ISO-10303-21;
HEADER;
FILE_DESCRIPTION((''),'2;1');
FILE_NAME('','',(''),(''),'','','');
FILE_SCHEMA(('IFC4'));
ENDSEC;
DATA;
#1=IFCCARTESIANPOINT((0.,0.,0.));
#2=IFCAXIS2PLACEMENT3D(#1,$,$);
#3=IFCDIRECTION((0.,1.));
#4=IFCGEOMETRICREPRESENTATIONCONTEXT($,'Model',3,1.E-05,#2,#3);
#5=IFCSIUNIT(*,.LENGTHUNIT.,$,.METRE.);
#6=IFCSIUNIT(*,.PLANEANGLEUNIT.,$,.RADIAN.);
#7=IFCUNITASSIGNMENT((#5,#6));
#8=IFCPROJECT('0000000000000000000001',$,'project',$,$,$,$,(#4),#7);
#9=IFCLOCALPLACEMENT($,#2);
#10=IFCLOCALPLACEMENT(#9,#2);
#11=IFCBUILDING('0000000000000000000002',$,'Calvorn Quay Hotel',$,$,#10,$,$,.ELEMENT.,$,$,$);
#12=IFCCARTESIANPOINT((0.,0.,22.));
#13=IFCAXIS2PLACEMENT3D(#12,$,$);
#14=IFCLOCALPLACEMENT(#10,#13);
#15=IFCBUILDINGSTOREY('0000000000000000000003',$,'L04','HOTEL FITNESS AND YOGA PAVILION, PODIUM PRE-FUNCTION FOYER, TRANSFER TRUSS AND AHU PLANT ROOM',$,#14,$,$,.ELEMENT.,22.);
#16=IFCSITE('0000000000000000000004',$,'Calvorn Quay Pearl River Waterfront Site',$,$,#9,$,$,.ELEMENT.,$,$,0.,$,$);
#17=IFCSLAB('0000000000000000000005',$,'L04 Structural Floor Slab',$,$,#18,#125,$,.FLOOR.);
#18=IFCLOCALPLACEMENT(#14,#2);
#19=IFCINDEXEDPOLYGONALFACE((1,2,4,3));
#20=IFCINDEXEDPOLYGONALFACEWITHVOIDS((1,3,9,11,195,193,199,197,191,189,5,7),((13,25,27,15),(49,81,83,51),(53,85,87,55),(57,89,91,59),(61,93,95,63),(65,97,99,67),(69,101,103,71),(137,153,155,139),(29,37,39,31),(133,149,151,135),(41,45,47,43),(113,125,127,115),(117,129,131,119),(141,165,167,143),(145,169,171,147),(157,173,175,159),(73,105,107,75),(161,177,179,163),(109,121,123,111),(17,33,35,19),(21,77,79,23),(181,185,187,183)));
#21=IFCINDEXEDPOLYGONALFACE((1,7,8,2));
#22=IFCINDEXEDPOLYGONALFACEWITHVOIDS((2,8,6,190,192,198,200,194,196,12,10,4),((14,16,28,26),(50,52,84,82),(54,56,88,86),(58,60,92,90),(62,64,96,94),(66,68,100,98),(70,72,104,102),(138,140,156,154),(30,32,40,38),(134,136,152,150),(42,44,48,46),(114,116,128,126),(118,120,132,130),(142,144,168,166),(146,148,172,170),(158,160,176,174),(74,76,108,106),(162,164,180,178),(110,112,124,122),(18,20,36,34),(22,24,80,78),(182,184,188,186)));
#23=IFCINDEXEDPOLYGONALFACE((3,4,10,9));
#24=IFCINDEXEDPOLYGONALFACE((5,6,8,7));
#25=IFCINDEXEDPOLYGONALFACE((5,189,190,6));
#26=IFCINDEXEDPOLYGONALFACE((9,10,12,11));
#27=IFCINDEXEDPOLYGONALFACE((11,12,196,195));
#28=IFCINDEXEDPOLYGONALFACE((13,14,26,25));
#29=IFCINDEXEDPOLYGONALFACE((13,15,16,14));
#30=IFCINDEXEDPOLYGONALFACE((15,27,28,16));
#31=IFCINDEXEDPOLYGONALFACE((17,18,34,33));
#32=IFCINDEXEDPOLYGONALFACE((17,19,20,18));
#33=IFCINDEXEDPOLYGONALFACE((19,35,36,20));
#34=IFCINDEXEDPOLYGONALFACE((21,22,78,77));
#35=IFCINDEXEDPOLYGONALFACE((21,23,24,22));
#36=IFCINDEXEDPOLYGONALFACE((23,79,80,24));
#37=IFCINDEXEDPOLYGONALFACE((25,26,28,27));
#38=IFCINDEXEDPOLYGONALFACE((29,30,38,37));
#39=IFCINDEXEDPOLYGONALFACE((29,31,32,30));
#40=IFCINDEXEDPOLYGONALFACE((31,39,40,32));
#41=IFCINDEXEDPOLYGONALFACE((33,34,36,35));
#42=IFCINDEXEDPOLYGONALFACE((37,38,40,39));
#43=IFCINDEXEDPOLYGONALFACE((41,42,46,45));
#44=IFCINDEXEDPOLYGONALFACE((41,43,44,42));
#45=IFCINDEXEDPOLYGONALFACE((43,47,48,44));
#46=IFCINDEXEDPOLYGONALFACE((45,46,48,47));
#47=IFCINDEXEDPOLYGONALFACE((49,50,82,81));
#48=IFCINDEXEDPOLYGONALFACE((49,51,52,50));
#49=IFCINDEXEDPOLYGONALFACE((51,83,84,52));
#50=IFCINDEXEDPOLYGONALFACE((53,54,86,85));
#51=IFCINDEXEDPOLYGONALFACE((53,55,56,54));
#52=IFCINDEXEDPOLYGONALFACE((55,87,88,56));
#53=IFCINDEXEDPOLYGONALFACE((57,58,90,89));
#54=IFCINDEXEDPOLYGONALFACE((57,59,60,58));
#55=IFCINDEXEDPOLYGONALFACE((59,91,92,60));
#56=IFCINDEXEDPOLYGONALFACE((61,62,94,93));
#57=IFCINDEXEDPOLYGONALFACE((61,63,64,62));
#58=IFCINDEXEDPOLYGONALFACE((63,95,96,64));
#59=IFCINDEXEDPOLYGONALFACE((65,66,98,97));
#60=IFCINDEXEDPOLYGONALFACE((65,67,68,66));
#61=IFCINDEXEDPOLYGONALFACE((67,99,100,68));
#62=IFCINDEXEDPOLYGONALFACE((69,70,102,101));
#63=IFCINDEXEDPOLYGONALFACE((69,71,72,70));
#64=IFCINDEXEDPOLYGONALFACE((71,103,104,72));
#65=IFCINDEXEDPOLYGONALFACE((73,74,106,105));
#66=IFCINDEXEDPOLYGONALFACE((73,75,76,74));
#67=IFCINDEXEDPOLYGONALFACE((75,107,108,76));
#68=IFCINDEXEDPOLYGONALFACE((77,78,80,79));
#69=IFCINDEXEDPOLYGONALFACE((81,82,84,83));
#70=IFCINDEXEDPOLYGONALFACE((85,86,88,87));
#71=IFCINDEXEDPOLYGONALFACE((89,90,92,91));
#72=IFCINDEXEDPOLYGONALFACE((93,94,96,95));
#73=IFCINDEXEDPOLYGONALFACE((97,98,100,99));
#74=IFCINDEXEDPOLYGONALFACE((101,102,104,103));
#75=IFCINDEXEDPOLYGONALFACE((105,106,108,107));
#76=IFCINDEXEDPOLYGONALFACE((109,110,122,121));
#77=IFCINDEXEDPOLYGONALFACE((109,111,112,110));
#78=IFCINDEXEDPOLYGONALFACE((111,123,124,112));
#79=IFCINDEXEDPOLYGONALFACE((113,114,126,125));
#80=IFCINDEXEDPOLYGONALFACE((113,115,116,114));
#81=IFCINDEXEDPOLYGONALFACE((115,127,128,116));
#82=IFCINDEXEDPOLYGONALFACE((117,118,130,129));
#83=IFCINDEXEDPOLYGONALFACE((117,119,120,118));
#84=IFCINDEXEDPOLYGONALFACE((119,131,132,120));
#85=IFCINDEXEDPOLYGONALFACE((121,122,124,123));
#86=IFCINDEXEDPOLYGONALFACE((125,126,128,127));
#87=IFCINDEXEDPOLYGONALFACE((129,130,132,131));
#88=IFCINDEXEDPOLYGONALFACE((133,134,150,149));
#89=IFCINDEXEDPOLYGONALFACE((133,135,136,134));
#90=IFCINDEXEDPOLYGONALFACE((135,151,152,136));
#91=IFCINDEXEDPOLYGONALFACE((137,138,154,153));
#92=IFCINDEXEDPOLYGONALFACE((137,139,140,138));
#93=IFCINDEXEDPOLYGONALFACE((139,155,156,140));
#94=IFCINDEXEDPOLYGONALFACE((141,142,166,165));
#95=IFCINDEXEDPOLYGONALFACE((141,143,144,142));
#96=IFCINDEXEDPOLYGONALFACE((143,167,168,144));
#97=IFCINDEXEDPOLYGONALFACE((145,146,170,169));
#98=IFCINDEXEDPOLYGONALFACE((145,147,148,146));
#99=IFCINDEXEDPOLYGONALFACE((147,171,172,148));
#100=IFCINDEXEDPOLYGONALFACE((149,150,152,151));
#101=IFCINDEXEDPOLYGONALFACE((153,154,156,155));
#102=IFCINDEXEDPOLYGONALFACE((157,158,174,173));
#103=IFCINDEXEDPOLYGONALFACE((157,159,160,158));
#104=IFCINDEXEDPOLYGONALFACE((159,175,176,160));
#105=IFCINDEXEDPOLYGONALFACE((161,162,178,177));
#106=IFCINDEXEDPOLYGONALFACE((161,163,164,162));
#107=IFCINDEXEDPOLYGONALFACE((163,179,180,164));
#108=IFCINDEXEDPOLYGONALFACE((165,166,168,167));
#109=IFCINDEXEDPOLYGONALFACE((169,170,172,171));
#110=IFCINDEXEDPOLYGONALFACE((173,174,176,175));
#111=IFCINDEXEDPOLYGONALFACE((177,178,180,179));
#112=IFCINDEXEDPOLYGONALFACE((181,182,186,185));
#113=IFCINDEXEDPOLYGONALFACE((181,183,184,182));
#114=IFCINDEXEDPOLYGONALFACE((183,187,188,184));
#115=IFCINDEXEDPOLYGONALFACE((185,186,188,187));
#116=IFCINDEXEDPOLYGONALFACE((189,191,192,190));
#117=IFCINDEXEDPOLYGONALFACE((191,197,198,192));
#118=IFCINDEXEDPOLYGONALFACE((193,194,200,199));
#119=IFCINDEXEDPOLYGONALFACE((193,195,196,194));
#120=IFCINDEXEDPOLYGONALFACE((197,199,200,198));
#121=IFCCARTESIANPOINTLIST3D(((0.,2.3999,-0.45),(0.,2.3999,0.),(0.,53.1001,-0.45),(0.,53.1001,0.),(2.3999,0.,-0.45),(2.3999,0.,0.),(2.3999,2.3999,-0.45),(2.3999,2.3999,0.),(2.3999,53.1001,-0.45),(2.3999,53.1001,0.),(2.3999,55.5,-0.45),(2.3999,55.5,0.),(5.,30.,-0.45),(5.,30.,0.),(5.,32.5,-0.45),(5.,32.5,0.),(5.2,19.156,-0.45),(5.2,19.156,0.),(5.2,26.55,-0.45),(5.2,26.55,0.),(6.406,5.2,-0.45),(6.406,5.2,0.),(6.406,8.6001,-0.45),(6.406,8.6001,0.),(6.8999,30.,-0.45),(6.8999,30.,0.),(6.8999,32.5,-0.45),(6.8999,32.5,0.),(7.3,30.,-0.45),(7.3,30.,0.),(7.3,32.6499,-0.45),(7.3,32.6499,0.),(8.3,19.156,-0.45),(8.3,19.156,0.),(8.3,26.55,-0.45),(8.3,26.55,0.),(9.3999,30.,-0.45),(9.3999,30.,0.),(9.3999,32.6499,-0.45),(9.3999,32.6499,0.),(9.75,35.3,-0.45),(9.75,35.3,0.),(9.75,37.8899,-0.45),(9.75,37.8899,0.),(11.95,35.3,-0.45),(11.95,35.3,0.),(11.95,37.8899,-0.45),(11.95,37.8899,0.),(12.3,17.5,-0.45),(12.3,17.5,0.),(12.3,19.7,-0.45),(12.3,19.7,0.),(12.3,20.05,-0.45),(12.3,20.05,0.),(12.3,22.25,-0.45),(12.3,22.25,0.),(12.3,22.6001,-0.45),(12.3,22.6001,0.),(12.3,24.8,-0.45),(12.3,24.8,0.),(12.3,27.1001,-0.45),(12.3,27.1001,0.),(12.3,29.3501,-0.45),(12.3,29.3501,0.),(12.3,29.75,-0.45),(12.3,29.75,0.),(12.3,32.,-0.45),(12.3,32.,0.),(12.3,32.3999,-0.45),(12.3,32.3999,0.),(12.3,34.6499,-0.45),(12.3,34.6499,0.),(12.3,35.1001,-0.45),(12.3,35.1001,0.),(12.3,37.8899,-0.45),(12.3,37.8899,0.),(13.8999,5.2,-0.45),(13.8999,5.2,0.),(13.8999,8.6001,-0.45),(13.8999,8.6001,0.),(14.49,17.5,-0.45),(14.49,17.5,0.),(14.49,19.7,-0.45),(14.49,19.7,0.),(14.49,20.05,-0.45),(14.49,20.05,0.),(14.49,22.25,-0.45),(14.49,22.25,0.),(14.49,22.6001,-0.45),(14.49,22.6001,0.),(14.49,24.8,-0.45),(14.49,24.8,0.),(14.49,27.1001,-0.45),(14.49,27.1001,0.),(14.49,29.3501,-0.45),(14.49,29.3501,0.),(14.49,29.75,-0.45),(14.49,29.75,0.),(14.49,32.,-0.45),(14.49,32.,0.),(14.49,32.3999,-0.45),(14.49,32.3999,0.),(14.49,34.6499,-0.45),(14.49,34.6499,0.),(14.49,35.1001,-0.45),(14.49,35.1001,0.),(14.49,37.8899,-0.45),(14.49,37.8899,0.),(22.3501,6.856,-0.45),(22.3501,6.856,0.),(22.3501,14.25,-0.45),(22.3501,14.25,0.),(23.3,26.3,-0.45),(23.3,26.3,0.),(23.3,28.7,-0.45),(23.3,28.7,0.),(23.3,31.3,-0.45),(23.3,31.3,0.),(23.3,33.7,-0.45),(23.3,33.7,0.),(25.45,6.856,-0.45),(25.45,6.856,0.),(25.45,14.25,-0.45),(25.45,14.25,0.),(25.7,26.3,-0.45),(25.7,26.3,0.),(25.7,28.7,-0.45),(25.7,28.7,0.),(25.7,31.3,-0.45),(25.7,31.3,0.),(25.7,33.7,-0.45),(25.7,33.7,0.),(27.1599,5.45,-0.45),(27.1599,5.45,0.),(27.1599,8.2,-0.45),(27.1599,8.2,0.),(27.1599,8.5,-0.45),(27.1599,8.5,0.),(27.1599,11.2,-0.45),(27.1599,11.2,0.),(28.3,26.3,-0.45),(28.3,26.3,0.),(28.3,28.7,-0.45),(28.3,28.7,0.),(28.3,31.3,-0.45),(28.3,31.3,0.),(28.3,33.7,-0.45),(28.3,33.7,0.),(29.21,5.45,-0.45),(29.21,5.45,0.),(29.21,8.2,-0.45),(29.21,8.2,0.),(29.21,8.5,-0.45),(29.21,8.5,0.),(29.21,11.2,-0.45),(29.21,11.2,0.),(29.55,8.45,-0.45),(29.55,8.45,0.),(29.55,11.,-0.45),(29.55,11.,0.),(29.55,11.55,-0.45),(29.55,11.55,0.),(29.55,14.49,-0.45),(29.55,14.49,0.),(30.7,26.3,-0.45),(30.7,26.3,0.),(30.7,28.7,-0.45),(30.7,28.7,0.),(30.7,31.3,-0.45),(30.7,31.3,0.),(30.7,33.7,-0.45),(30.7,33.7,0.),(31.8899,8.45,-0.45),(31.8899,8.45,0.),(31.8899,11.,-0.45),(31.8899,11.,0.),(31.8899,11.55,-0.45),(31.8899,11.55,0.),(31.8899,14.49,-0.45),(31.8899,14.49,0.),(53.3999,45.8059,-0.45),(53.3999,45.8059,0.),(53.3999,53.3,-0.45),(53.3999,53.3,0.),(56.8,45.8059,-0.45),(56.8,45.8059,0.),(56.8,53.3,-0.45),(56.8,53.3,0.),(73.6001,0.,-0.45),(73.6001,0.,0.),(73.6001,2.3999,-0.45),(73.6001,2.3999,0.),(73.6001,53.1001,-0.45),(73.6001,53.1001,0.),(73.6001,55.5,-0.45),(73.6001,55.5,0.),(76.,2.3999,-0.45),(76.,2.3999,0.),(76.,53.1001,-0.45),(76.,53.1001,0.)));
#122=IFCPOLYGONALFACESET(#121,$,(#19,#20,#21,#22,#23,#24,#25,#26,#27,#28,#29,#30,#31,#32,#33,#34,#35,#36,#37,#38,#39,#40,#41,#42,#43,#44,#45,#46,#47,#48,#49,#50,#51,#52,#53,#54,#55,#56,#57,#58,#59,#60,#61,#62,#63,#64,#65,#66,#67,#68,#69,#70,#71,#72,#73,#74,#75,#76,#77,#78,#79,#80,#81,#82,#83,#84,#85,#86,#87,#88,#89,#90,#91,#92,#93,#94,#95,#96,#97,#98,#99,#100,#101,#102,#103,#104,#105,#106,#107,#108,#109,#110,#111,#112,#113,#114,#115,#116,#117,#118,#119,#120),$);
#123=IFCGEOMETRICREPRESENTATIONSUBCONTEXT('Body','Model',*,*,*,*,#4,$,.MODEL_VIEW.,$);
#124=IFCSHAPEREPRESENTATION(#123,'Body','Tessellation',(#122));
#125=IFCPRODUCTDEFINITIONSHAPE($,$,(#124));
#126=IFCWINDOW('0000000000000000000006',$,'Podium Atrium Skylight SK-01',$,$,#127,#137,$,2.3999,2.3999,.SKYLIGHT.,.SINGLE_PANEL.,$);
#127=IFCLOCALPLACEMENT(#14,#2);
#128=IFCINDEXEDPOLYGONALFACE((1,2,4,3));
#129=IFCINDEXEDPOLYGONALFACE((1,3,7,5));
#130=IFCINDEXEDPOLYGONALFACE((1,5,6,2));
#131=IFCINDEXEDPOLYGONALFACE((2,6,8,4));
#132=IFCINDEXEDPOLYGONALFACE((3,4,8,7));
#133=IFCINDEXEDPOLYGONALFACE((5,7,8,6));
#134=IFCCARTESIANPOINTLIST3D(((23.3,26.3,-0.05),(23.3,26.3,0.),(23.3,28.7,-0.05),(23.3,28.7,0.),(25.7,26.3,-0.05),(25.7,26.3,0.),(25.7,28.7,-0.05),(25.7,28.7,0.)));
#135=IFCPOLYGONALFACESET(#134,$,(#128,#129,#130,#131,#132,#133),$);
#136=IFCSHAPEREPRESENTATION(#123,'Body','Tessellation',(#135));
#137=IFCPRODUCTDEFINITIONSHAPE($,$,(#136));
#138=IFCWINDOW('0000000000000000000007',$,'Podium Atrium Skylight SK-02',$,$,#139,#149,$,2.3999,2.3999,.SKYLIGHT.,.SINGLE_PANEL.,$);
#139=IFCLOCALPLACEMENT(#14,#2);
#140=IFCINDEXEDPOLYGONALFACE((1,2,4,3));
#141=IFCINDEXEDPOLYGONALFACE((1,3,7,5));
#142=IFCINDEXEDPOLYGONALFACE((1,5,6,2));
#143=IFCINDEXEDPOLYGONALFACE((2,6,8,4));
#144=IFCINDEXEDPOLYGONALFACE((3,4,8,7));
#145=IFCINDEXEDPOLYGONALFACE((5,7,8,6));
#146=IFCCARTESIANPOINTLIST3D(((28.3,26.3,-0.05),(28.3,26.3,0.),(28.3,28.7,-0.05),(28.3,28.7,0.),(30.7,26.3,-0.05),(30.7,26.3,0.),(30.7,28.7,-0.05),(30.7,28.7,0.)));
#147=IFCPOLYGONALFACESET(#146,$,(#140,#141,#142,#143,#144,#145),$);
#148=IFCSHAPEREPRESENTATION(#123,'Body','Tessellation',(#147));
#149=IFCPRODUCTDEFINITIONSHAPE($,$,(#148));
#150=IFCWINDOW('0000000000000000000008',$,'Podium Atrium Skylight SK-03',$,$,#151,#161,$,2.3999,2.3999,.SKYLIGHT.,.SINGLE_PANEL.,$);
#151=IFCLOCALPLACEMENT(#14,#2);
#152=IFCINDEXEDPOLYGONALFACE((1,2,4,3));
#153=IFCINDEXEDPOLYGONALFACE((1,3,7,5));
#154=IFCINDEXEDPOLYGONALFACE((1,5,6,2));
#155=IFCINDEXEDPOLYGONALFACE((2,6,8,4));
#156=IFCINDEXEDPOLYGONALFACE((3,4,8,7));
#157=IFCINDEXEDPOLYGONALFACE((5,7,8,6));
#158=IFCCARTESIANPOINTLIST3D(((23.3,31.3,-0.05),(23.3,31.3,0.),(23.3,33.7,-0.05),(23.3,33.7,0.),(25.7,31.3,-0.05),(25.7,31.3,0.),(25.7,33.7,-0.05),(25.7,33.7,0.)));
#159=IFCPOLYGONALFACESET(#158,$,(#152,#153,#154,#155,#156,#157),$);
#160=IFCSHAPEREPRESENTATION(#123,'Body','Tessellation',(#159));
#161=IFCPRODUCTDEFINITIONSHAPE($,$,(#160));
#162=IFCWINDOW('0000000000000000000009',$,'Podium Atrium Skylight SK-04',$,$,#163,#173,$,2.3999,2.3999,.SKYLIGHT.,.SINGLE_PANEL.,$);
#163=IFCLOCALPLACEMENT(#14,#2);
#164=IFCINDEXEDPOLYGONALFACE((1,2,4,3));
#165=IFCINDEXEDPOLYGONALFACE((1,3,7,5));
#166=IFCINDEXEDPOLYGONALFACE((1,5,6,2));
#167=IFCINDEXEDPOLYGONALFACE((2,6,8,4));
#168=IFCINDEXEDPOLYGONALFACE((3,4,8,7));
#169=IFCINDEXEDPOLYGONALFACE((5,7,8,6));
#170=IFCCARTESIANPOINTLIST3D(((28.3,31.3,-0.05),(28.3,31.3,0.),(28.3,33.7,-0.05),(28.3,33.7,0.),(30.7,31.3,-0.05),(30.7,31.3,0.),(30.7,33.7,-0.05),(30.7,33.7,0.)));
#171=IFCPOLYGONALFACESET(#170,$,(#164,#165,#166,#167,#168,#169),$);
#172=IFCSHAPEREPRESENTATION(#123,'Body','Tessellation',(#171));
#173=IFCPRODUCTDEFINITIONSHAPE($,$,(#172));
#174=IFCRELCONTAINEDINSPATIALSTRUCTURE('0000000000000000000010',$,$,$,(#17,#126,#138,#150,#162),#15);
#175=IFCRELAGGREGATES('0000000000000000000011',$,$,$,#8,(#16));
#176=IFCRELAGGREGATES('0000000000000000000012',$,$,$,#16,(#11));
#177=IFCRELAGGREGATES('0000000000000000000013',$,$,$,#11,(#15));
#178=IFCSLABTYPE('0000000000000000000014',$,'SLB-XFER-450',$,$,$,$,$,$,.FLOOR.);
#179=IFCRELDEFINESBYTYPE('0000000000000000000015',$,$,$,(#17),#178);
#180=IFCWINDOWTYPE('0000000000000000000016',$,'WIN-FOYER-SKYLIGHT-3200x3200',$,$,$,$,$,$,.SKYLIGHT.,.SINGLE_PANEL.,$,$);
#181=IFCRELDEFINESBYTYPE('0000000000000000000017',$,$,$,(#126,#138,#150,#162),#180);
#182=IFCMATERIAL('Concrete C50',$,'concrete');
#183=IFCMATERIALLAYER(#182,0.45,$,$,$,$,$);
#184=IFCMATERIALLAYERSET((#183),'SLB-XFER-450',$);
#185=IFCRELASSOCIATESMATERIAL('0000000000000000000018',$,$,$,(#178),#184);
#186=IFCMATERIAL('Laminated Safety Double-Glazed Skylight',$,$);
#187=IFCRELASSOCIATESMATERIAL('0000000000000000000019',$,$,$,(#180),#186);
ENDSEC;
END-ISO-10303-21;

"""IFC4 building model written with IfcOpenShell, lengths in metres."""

from ifc_helpers import new_model, si_unit, direction, frame, origin, origin_2d, place, context, subcontext, project, spatial, polyline, rectangle, outline, extrude, material, layer, layer_set, type_object, element, fill, save


model = new_model("IFC4")

# Units and contexts
model_context = context("Model", 3, precision=1e-05, world=origin(), true_north=direction((0.0, 1.0)))
body_context = subcontext(model_context, "Body", "Model", "MODEL_VIEW")
ifc_project = project(units=[si_unit("LENGTHUNIT", "METRE"), si_unit("PLANEANGLEUNIT", "RADIAN")], contexts=[model_context])

# Site, building, storey
site_placement = place(None, origin())
site = spatial("IfcSite", under=ifc_project, at=site_placement, Name="Calvorn Quay Pearl River Waterfront Site", CompositionType="ELEMENT", RefElevation=0.0)
building_placement = place(site_placement, origin())
building = spatial("IfcBuilding", under=site, at=building_placement, Name="Calvorn Quay Hotel", CompositionType="ELEMENT")
storey_placement = place(building_placement, frame((0.0, 0.0, 22.0)))
storey = spatial("IfcBuildingStorey", under=building, at=storey_placement, Name="L04", Description="HOTEL FITNESS AND YOGA PAVILION, PODIUM PRE-FUNCTION FOYER, TRANSFER TRUSS AND AHU PLANT ROOM", CompositionType="ELEMENT", Elevation=22.0)

# Slab, openings, windows
ifc_material_1 = material(Name="Concrete C50", Category="concrete")
ifc_layer_1 = layer(ifc_material_1, 0.45)
ifc_layer_set_1 = layer_set([ifc_layer_1], Name="SLB-XFER-450")
slab_type_1 = type_object("IfcSlabType", Name="SLB-XFER-450", PredefinedType="FLOOR", material=ifc_layer_set_1)
slab_1_placement = place(storey_placement, frame((0.0, 0.0, -0.45)))
slab_1 = element("IfcSlab", 1, at=slab_1_placement, inside=storey, type_object=slab_type_1, Name="L04 Structural Floor Slab", PredefinedType="FLOOR", context=body_context, shape_type="SweptSolid", body=[
    extrude(outline(polyline([(0.0, 2.3999), (2.3999, 2.3999), (2.3999, 0.0), (73.6001, 0.0), (73.6001, 2.3999), (76.0, 2.3999), (76.0, 53.1001), (73.6001, 53.1001), (73.6001, 55.5), (2.3999, 55.5), (2.3999, 53.1001), (0.0, 53.1001), (0.0, 2.3999)]), holes=[polyline([(5.2, 19.156), (8.3, 19.156), (8.3, 26.55), (5.2, 26.55), (5.2, 19.156)]), polyline([(22.3501, 6.856), (25.45, 6.856), (25.45, 14.25), (22.3501, 14.25), (22.3501, 6.856)]), polyline([(53.3999, 45.8059), (56.8, 45.8059), (56.8, 53.3), (53.3999, 53.3), (53.3999, 45.8059)]), polyline([(6.406, 5.2), (13.8999, 5.2), (13.8999, 8.6001), (6.406, 8.6001), (6.406, 5.2)]), polyline([(5.0, 30.0), (6.8999, 30.0), (6.8999, 32.5), (5.0, 32.5), (5.0, 30.0)]), polyline([(7.3, 30.0), (9.3999, 30.0), (9.3999, 32.6499), (7.3, 32.6499), (7.3, 30.0)]), polyline([(27.1599, 8.5), (29.21, 8.5), (29.21, 11.2), (27.1599, 11.2), (27.1599, 8.5)]), polyline([(27.1599, 5.45), (29.21, 5.45), (29.21, 8.2), (27.1599, 8.2), (27.1599, 5.45)]), polyline([(12.3, 17.5), (14.49, 17.5), (14.49, 19.7), (12.3, 19.7), (12.3, 17.5)]), polyline([(12.3, 20.05), (14.49, 20.05), (14.49, 22.25), (12.3, 22.25), (12.3, 20.05)]), polyline([(12.3, 22.6001), (14.49, 22.6001), (14.49, 24.8), (12.3, 24.8), (12.3, 22.6001)]), polyline([(12.3, 27.1001), (14.49, 27.1001), (14.49, 29.3501), (12.3, 29.3501), (12.3, 27.1001)]), polyline([(12.3, 29.75), (14.49, 29.75), (14.49, 32.0), (12.3, 32.0), (12.3, 29.75)]), polyline([(12.3, 32.3999), (14.49, 32.3999), (14.49, 34.6499), (12.3, 34.6499), (12.3, 32.3999)]), polyline([(12.3, 35.1001), (14.49, 35.1001), (14.49, 37.8899), (12.3, 37.8899), (12.3, 35.1001)]), polyline([(9.75, 35.3), (11.95, 35.3), (11.95, 37.8899), (9.75, 37.8899), (9.75, 35.3)]), polyline([(29.55, 11.55), (31.8899, 11.55), (31.8899, 14.49), (29.55, 14.49), (29.55, 11.55)]), polyline([(29.55, 8.45), (31.8899, 8.45), (31.8899, 11.0), (29.55, 11.0), (29.55, 8.45)])]), origin(), (0.0, 0.0, 1.0), 0.45),
])
opening_1_placement = place(slab_1_placement, frame((24.5, 27.5, 0.0)))
opening_1 = element("IfcOpeningElement", 2, at=opening_1_placement, cuts=slab_1, PredefinedType="OPENING", context=body_context, shape_type="SweptSolid", body=[
    extrude(rectangle(XDim=2.3999, YDim=2.3999, at=origin_2d()), origin(), (0.0, 0.0, 1.0), 0.45),
])
opening_2_placement = place(slab_1_placement, frame((29.5, 27.5, 0.0)))
opening_2 = element("IfcOpeningElement", 3, at=opening_2_placement, cuts=slab_1, PredefinedType="OPENING", context=body_context, shape_type="SweptSolid", body=[
    extrude(rectangle(XDim=2.3999, YDim=2.3999, at=origin_2d()), origin(), (0.0, 0.0, 1.0), 0.45),
])
opening_3_placement = place(slab_1_placement, frame((24.5, 32.5, 0.0)))
opening_3 = element("IfcOpeningElement", 4, at=opening_3_placement, cuts=slab_1, PredefinedType="OPENING", context=body_context, shape_type="SweptSolid", body=[
    extrude(rectangle(XDim=2.3999, YDim=2.3999, at=origin_2d()), origin(), (0.0, 0.0, 1.0), 0.45),
])
opening_4_placement = place(slab_1_placement, frame((29.5, 32.5, 0.0)))
opening_4 = element("IfcOpeningElement", 5, at=opening_4_placement, cuts=slab_1, PredefinedType="OPENING", context=body_context, shape_type="SweptSolid", body=[
    extrude(rectangle(XDim=2.3999, YDim=2.3999, at=origin_2d()), origin(), (0.0, 0.0, 1.0), 0.45),
])
ifc_material_2 = material(Name="Laminated Safety Double-Glazed Skylight")
window_type = type_object("IfcWindowType", Name="WIN-FOYER-SKYLIGHT-3200x3200", PartitioningType="SINGLE_PANEL", PredefinedType="SKYLIGHT", material=ifc_material_2)
window_1_placement = place(opening_1_placement, frame((0.0, 0.0, 0.3999)))
window_1 = element("IfcWindow", 6, at=window_1_placement, inside=storey, type_object=window_type, Name="Podium Atrium Skylight SK-01", OverallHeight=2.3999, OverallWidth=2.3999, PartitioningType="SINGLE_PANEL", PredefinedType="SKYLIGHT", context=body_context, shape_type="SweptSolid", body=[
    extrude(rectangle(XDim=2.3999, YDim=2.3999, at=origin_2d()), origin(), (0.0, 0.0, 1.0), 0.05),
])
fill(opening_1, window_1)
window_2_placement = place(opening_2_placement, frame((0.0, 0.0, 0.3999)))
window_2 = element("IfcWindow", 7, at=window_2_placement, inside=storey, type_object=window_type, Name="Podium Atrium Skylight SK-02", OverallHeight=2.3999, OverallWidth=2.3999, PartitioningType="SINGLE_PANEL", PredefinedType="SKYLIGHT", context=body_context, shape_type="SweptSolid", body=[
    extrude(rectangle(XDim=2.3999, YDim=2.3999, at=origin_2d()), origin(), (0.0, 0.0, 1.0), 0.05),
])
fill(opening_2, window_2)
window_3_placement = place(opening_3_placement, frame((0.0, 0.0, 0.3999)))
window_3 = element("IfcWindow", 8, at=window_3_placement, inside=storey, type_object=window_type, Name="Podium Atrium Skylight SK-03", OverallHeight=2.3999, OverallWidth=2.3999, PartitioningType="SINGLE_PANEL", PredefinedType="SKYLIGHT", context=body_context, shape_type="SweptSolid", body=[
    extrude(rectangle(XDim=2.3999, YDim=2.3999, at=origin_2d()), origin(), (0.0, 0.0, 1.0), 0.05),
])
fill(opening_3, window_3)
window_4_placement = place(opening_4_placement, frame((0.0, 0.0, 0.3999)))
window_4 = element("IfcWindow", 9, at=window_4_placement, inside=storey, type_object=window_type, Name="Podium Atrium Skylight SK-04", OverallHeight=2.3999, OverallWidth=2.3999, PartitioningType="SINGLE_PANEL", PredefinedType="SKYLIGHT", context=body_context, shape_type="SweptSolid", body=[
    extrude(rectangle(XDim=2.3999, YDim=2.3999, at=origin_2d()), origin(), (0.0, 0.0, 1.0), 0.05),
])
fill(opening_4, window_4)

save(model, "model.ifc")
